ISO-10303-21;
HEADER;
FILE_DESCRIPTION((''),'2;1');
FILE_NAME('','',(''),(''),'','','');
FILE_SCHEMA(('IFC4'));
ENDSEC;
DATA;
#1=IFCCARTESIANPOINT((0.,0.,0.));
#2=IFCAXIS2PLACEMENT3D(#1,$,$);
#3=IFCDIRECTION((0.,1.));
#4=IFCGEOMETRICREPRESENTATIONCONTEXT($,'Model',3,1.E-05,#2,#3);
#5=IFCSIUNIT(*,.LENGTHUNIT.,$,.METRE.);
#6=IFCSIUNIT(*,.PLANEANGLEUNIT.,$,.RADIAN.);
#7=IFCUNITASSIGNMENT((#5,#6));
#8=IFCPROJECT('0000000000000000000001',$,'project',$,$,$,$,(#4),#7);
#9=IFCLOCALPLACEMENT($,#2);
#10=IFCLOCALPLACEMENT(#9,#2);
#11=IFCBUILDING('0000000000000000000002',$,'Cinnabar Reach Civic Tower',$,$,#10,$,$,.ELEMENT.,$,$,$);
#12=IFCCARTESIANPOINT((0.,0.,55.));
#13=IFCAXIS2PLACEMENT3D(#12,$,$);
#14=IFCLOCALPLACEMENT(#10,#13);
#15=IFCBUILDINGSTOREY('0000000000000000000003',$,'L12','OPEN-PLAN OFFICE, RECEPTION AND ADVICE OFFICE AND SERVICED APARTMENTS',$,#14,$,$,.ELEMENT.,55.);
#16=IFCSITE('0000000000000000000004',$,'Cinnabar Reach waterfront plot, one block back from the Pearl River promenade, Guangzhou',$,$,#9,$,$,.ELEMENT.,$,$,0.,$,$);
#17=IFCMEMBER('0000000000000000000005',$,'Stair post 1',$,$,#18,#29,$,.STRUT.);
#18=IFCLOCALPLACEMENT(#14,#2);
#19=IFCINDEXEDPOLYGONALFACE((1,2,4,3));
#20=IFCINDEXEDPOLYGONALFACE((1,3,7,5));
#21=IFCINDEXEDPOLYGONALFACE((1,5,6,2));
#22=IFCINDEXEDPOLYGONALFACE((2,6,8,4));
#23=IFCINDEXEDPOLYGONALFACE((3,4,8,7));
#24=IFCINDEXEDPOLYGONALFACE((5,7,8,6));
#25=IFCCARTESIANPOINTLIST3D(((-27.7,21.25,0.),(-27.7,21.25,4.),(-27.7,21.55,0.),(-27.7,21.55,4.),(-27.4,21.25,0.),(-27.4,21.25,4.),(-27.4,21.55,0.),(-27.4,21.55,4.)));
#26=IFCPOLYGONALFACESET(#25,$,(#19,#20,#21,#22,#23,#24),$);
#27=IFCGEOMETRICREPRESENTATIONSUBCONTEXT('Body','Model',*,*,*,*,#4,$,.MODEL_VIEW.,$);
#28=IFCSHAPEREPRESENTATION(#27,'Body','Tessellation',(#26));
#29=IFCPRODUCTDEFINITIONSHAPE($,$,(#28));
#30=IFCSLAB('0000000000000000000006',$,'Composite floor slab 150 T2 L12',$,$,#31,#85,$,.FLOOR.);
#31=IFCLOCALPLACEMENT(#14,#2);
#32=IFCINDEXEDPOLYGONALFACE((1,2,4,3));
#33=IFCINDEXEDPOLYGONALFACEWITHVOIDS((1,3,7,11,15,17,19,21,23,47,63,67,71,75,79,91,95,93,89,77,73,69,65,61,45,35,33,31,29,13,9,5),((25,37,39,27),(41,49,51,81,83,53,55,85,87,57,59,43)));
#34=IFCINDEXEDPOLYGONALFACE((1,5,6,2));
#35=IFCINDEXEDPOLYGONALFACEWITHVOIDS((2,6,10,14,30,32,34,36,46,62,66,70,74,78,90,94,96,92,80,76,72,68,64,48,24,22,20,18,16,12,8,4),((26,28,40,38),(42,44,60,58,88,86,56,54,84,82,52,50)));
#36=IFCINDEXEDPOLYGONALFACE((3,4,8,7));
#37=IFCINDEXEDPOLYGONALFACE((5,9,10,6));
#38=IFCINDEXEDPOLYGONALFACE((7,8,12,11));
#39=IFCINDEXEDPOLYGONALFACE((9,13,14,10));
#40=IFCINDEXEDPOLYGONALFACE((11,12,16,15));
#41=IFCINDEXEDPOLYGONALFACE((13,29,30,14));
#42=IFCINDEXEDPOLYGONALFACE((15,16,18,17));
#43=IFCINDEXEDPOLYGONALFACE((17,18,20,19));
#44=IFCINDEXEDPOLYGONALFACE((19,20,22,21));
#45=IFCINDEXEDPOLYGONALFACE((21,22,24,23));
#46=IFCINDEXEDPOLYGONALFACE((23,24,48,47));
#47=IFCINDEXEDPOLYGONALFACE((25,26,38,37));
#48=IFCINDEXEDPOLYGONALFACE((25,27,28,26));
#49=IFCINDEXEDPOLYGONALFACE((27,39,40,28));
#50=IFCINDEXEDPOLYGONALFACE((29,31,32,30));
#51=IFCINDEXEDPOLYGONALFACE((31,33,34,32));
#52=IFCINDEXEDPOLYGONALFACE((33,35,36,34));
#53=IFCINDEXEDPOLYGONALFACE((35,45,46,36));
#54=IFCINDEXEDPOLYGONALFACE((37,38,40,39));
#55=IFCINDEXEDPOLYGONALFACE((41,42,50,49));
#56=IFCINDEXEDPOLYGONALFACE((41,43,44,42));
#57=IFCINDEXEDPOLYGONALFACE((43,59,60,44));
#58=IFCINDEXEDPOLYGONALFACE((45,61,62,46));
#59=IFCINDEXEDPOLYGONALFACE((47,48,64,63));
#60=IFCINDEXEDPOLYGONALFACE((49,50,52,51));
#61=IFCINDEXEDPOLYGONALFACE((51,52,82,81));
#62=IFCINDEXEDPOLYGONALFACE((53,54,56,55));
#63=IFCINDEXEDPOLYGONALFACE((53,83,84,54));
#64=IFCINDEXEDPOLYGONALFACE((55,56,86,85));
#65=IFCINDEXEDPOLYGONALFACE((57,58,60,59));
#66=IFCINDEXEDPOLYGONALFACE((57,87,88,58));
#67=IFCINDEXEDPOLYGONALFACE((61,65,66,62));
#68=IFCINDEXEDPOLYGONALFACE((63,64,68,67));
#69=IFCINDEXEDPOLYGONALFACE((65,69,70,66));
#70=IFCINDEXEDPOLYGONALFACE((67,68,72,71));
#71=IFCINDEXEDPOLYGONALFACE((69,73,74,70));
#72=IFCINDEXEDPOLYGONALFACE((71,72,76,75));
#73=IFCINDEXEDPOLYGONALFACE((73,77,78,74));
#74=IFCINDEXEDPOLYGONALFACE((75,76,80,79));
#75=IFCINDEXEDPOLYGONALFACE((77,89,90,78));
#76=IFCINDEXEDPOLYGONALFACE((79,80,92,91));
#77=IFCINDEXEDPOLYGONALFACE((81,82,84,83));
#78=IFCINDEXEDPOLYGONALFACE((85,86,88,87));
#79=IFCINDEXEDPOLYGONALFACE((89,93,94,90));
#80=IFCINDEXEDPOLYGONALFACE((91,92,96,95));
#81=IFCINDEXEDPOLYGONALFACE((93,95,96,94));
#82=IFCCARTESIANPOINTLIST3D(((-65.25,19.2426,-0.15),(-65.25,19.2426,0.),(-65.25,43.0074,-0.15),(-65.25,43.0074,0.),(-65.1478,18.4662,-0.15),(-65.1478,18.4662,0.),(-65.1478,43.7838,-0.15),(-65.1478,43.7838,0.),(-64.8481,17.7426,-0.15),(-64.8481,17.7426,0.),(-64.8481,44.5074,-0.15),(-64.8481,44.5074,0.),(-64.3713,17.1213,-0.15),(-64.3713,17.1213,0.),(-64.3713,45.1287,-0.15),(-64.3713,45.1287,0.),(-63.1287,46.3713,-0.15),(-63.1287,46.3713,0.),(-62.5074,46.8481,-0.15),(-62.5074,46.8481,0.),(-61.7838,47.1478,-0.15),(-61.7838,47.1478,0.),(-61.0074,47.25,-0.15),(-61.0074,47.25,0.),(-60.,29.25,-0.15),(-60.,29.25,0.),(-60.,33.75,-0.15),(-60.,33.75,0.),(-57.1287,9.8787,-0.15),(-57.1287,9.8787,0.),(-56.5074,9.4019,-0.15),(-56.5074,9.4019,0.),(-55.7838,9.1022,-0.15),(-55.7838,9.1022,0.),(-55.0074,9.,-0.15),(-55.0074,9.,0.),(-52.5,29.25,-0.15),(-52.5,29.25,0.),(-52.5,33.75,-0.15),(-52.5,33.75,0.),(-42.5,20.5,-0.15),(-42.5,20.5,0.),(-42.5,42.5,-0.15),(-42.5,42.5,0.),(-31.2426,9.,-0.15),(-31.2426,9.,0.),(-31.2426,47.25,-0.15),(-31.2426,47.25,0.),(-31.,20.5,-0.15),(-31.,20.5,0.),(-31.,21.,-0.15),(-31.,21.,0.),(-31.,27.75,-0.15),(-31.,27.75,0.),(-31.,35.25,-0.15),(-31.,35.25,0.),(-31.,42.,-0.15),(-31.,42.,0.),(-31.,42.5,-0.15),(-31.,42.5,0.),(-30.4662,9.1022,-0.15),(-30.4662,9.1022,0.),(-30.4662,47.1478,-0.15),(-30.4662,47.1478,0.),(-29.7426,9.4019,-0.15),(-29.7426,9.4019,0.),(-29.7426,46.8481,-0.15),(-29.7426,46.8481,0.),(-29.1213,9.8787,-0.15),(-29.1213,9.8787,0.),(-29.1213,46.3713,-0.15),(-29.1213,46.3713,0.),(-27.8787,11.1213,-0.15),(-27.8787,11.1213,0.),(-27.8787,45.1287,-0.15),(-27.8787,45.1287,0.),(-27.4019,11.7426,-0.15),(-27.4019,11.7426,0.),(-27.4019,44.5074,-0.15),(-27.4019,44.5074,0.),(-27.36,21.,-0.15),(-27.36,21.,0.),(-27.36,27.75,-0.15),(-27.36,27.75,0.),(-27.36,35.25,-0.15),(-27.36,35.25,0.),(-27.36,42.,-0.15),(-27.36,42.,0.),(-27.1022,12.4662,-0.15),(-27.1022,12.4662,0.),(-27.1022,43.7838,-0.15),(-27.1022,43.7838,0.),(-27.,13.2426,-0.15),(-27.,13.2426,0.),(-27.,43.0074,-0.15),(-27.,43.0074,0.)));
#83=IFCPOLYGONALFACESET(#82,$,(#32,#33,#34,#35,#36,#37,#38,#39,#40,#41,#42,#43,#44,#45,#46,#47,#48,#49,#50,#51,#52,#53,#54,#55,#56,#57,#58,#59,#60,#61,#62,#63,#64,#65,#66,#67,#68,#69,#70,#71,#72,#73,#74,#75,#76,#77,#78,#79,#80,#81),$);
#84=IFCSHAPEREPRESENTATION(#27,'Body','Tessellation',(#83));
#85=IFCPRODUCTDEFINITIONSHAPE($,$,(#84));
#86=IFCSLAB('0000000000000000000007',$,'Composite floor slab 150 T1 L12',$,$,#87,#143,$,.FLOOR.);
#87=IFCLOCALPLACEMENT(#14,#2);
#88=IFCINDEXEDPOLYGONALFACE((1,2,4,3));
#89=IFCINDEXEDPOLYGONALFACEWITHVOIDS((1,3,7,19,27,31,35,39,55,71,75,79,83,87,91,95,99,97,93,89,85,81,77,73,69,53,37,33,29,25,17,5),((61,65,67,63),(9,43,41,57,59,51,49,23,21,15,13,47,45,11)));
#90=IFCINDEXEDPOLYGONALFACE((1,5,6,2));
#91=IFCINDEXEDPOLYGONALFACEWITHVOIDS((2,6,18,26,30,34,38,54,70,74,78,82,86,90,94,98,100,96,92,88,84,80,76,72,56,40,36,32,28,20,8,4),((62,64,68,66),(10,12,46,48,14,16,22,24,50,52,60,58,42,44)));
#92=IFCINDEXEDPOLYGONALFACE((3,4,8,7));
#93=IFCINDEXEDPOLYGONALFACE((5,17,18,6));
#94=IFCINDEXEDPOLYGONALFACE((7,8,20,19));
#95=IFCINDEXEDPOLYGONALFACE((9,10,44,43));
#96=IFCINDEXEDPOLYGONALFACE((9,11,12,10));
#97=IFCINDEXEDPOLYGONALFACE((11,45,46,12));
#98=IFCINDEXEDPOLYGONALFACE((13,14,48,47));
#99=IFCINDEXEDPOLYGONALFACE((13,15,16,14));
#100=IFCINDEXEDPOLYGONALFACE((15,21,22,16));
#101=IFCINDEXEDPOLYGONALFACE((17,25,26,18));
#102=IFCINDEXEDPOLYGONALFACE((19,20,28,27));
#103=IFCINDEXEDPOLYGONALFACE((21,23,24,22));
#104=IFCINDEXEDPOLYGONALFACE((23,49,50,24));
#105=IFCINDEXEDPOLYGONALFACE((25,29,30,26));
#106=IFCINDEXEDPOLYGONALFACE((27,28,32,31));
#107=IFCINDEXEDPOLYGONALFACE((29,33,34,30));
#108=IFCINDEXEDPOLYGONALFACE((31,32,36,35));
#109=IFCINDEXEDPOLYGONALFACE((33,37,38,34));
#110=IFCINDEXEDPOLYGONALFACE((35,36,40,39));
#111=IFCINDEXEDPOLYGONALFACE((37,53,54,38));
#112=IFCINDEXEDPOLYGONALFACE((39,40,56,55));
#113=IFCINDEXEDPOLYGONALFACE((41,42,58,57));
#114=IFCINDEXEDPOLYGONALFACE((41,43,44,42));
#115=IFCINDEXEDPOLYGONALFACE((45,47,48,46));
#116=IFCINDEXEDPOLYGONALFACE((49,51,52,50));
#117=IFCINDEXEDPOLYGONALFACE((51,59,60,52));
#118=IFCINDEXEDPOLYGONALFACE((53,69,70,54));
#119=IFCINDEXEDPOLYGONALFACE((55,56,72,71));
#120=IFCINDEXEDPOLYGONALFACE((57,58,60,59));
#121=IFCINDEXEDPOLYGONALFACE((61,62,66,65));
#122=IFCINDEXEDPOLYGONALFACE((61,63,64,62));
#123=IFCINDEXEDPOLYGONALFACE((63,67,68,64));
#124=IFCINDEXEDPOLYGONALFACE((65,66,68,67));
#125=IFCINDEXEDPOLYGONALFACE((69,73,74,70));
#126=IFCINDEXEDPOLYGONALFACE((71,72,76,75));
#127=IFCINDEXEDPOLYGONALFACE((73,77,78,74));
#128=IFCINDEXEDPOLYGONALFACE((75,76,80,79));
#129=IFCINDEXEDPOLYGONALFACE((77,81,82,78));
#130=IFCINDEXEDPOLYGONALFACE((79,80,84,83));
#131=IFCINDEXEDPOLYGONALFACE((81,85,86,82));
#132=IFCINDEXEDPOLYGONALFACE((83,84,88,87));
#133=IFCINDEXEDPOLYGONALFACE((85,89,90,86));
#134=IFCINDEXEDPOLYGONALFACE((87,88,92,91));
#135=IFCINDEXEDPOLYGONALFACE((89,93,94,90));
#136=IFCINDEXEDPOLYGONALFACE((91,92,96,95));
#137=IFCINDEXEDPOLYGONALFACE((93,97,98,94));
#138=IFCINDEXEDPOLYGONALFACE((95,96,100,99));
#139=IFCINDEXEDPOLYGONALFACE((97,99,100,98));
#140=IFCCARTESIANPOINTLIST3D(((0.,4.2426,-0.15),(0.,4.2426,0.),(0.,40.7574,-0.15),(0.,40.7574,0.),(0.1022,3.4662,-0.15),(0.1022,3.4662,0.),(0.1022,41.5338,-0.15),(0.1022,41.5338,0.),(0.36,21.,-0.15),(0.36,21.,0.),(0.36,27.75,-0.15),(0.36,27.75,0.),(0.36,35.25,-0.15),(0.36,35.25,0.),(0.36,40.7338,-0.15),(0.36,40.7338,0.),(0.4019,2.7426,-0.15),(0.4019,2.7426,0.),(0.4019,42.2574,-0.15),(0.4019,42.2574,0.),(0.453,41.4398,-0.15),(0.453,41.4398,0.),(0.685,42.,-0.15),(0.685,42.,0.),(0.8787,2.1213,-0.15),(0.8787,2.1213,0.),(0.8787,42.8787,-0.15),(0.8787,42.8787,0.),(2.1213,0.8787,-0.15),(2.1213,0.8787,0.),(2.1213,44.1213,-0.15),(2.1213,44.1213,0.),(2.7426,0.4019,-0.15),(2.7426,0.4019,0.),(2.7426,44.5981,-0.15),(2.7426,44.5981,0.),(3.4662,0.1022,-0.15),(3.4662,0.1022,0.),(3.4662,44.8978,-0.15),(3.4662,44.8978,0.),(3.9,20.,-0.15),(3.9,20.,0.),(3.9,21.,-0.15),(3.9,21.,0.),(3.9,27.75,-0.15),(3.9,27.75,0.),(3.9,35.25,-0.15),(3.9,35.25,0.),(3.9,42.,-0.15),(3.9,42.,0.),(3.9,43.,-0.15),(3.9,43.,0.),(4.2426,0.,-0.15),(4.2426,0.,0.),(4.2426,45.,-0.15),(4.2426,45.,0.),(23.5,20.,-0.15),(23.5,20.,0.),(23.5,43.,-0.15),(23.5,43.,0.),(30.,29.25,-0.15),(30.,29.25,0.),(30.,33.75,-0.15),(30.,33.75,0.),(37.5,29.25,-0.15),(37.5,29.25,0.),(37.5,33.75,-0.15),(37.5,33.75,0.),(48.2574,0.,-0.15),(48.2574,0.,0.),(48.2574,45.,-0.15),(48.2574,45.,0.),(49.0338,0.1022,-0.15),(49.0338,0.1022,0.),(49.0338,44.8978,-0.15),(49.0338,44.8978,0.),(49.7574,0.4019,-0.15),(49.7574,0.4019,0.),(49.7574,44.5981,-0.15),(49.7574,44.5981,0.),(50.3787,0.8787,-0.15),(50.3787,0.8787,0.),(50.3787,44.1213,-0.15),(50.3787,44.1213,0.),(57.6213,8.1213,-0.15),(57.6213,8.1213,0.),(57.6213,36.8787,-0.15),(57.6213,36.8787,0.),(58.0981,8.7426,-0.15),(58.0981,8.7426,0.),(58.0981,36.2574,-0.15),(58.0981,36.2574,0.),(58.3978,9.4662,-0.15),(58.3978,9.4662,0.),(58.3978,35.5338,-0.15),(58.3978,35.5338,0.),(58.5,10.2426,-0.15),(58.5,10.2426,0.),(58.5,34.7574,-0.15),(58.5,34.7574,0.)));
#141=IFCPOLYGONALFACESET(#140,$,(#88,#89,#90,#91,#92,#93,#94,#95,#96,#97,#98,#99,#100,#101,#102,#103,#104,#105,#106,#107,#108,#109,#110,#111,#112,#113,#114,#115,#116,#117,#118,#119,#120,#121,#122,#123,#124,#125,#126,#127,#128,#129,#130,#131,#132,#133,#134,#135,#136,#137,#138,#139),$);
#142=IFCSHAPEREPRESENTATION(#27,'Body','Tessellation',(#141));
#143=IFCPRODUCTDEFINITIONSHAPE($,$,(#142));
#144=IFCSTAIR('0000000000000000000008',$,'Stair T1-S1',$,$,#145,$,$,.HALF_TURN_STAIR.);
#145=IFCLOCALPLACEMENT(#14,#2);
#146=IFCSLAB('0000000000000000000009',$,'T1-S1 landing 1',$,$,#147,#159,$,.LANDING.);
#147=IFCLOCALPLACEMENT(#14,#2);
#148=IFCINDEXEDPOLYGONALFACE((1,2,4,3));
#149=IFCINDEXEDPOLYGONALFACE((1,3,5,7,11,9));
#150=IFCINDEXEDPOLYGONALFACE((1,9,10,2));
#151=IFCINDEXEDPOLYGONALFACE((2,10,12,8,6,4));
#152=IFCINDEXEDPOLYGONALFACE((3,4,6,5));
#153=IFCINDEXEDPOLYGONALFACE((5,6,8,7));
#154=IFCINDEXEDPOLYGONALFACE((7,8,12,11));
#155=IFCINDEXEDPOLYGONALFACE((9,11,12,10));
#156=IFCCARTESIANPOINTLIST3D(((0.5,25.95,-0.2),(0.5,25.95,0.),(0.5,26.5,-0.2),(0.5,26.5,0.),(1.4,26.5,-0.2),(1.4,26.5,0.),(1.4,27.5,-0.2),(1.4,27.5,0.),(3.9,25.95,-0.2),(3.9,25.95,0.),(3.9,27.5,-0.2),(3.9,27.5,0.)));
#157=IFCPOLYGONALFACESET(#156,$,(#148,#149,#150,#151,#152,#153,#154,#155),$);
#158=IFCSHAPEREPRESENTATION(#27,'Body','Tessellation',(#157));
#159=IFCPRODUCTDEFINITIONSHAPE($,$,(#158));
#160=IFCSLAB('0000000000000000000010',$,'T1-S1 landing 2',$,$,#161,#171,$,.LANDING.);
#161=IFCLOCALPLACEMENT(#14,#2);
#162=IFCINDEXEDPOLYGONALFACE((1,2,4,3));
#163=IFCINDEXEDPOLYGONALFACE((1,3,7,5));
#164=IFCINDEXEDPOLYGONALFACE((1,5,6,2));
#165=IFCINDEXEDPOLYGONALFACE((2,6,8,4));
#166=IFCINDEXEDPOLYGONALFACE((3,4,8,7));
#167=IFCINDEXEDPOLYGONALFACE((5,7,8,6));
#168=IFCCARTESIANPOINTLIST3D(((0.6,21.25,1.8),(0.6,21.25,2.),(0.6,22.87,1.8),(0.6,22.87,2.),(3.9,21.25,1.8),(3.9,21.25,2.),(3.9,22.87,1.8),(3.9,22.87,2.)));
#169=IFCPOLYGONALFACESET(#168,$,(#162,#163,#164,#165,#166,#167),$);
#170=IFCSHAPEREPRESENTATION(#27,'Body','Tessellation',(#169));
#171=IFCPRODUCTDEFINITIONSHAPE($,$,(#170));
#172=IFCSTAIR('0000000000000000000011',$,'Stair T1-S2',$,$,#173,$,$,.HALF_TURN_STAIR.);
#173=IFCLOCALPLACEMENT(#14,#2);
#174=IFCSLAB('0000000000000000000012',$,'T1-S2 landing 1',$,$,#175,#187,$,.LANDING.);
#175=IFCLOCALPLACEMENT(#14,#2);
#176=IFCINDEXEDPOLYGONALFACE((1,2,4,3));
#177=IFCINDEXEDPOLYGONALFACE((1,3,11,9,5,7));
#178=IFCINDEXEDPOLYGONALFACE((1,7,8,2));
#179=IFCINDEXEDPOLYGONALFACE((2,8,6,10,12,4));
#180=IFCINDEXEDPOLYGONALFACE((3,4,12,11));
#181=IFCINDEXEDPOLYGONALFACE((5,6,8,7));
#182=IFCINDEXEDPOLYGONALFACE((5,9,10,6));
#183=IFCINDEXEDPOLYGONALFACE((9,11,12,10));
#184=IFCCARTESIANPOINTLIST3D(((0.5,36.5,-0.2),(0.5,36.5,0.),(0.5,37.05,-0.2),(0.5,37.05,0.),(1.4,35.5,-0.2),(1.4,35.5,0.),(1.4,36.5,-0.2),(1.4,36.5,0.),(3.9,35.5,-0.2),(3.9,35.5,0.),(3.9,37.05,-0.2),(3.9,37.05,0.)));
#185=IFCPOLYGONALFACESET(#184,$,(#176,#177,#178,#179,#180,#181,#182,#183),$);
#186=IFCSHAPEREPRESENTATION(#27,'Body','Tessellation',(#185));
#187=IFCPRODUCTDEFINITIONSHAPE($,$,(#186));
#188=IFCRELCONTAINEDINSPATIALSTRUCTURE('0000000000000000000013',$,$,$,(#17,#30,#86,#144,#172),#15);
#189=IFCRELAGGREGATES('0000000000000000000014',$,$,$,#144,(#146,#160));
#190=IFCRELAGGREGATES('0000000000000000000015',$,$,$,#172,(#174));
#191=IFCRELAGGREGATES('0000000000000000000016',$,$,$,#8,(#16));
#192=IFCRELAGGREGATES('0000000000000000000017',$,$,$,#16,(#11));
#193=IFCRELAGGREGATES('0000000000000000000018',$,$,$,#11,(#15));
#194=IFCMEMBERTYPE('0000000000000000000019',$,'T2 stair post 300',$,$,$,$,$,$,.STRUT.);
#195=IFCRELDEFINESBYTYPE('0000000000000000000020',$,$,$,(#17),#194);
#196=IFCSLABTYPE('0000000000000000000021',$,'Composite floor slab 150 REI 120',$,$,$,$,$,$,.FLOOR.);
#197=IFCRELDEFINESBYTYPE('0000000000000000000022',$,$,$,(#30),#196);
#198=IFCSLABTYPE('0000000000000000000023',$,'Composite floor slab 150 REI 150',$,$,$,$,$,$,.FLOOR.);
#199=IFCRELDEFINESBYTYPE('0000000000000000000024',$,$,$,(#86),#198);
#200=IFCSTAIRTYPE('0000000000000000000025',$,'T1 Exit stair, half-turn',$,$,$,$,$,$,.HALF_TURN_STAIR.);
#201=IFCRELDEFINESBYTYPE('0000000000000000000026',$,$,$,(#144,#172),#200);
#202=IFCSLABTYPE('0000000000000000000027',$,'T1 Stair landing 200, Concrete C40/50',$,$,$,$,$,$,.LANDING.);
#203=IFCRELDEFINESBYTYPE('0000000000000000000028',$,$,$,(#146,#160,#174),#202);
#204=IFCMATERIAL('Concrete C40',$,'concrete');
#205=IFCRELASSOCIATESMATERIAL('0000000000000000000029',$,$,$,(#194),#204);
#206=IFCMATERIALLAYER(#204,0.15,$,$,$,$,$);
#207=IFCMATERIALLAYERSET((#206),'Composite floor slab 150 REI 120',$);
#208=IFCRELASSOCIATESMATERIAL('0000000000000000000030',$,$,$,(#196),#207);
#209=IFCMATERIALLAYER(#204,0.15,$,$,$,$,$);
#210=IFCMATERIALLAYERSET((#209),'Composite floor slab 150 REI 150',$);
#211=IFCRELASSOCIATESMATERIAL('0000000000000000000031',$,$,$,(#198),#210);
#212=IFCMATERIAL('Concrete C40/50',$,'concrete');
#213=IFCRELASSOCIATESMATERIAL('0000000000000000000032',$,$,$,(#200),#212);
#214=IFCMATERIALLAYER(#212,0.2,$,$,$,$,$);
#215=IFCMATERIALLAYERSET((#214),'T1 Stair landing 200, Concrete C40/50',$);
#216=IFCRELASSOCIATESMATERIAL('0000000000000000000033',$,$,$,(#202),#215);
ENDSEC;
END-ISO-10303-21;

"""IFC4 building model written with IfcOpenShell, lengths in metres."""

from ifc_helpers import new_model, si_unit, direction, frame, origin, origin_2d, place, context, subcontext, project, spatial, polyline, rectangle, outline, extrude, material, layer, layer_set, material_profile, profile_set, type_object, element, aggregate, save


model = new_model("IFC4")

# Units and contexts
model_context = context("Model", 3, precision=1e-05, world=origin(), true_north=direction((0.0, 1.0)))
body_context = subcontext(model_context, "Body", "Model", "MODEL_VIEW")
ifc_project = project(units=[si_unit("LENGTHUNIT", "METRE"), si_unit("PLANEANGLEUNIT", "RADIAN")], contexts=[model_context])

# Site, building, storey
site_placement = place(None, origin())
site = spatial("IfcSite", under=ifc_project, at=site_placement, Name="Cinnabar Reach waterfront plot, one block back from the Pearl River promenade, Guangzhou", CompositionType="ELEMENT", RefElevation=0.0)
building_placement = place(site_placement, origin())
building = spatial("IfcBuilding", under=site, at=building_placement, Name="Cinnabar Reach Civic Tower", CompositionType="ELEMENT")
storey_placement = place(building_placement, frame((0.0, 0.0, 55.0)))
storey = spatial("IfcBuildingStorey", under=building, at=storey_placement, Name="L12", Description="OPEN-PLAN OFFICE, RECEPTION AND ADVICE OFFICE AND SERVICED APARTMENTS", CompositionType="ELEMENT", Elevation=55.0)

# Member
ifc_material_1 = material(Name="Concrete C40", Category="concrete")
ifc_material_profile = material_profile(ifc_material_1, rectangle(XDim=0.3, YDim=0.3, at=origin_2d()), Name="C300")
ifc_profile_set = profile_set([ifc_material_profile], Name="Concrete C40")
member_type = type_object("IfcMemberType", Name="T2 stair post 300", PredefinedType="STRUT", material=ifc_profile_set)
member_placement = place(storey_placement, frame((-27.55, 21.4, 0.0), z_axis=(0.0, 0.0, 1.0), x_axis=(1.0, 0.0, 0.0)))
element("IfcMember", 1, at=member_placement, inside=storey, type_object=member_type, Name="Stair post 1", PredefinedType="STRUT", context=body_context, shape_type="SweptSolid", body=[
    extrude(rectangle(XDim=0.3, YDim=0.3, at=origin_2d()), origin(), (0.0, 0.0, 1.0), 4.0),
])

# Slabs
ifc_layer_1 = layer(ifc_material_1, 0.15)
ifc_layer_set_1 = layer_set([ifc_layer_1], Name="Composite floor slab 150 REI 120")
slab_type_1 = type_object("IfcSlabType", Name="Composite floor slab 150 REI 120", PredefinedType="FLOOR", material=ifc_layer_set_1)
slab_1_placement = place(storey_placement, frame((0.0, 0.0, -0.15)))
element("IfcSlab", 2, at=slab_1_placement, inside=storey, type_object=slab_type_1, Name="Composite floor slab 150 T2 L12", PredefinedType="FLOOR", context=body_context, shape_type="SweptSolid", body=[
    extrude(outline(polyline([(-64.3713, 17.1213), (-64.8481, 17.7426), (-65.1478, 18.4662), (-65.25, 19.2426), (-65.25, 43.0074), (-65.1478, 43.7838), (-64.8481, 44.5074), (-64.3713, 45.1287), (-63.1287, 46.3713), (-62.5074, 46.8481), (-61.7838, 47.1478), (-61.0074, 47.25), (-31.2426, 47.25), (-30.4662, 47.1478), (-29.7426, 46.8481), (-29.1213, 46.3713), (-27.8787, 45.1287), (-27.4019, 44.5074), (-27.1022, 43.7838), (-27.0, 43.0074), (-27.0, 13.2426), (-27.1022, 12.4662), (-27.4019, 11.7426), (-27.8787, 11.1213), (-29.1213, 9.8787), (-29.7426, 9.4019), (-30.4662, 9.1022), (-31.2426, 9.0), (-55.0074, 9.0), (-55.7838, 9.1022), (-56.5074, 9.4019), (-57.1287, 9.8787), (-64.3713, 17.1213)]), holes=[polyline([(-31.0, 27.75), (-31.0, 35.25), (-27.36, 35.25), (-27.36, 42.0), (-31.0, 42.0), (-31.0, 42.5), (-42.5, 42.5), (-42.5, 20.5), (-31.0, 20.5), (-31.0, 21.0), (-27.36, 21.0), (-27.36, 27.75), (-31.0, 27.75)]), polyline([(-60.0, 33.75), (-60.0, 29.25), (-52.5, 29.25), (-52.5, 33.75), (-60.0, 33.75)])]), origin(), (0.0, 0.0, 1.0), 0.15),
])
ifc_layer_2 = layer(ifc_material_1, 0.15)
ifc_layer_set_2 = layer_set([ifc_layer_2], Name="Composite floor slab 150 REI 150")
slab_type_2 = type_object("IfcSlabType", Name="Composite floor slab 150 REI 150", PredefinedType="FLOOR", material=ifc_layer_set_2)
slab_2_placement = place(storey_placement, frame((0.0, 0.0, -0.15)))
element("IfcSlab", 3, at=slab_2_placement, inside=storey, type_object=slab_type_2, Name="Composite floor slab 150 T1 L12", PredefinedType="FLOOR", context=body_context, shape_type="SweptSolid", body=[
    extrude(outline(polyline([(0.8787, 2.1213), (0.4019, 2.7426), (0.1022, 3.4662), (0.0, 4.2426), (0.0, 40.7574), (0.1022, 41.5338), (0.4019, 42.2574), (0.8787, 42.8787), (2.1213, 44.1213), (2.7426, 44.5981), (3.4662, 44.8978), (4.2426, 45.0), (48.2574, 45.0), (49.0338, 44.8978), (49.7574, 44.5981), (50.3787, 44.1213), (57.6213, 36.8787), (58.0981, 36.2574), (58.3978, 35.5338), (58.5, 34.7574), (58.5, 10.2426), (58.3978, 9.4662), (58.0981, 8.7426), (57.6213, 8.1213), (50.3787, 0.8787), (49.7574, 0.4019), (49.0338, 0.1022), (48.2574, 0.0), (4.2426, 0.0), (3.4662, 0.1022), (2.7426, 0.4019), (2.1213, 0.8787), (0.8787, 2.1213)]), holes=[polyline([(0.36, 21.0), (3.9, 21.0), (3.9, 20.0), (23.5, 20.0), (23.5, 43.0), (3.9, 43.0), (3.9, 42.0), (0.685, 42.0), (0.453, 41.4398), (0.36, 40.7338), (0.36, 35.25), (3.9, 35.25), (3.9, 27.75), (0.36, 27.75), (0.36, 21.0)]), polyline([(30.0, 33.75), (30.0, 29.25), (37.5, 29.25), (37.5, 33.75), (30.0, 33.75)])]), origin(), (0.0, 0.0, 1.0), 0.15),
])

# Stairs, slabs
ifc_material_2 = material(Name="Concrete C40/50", Category="concrete")
stair_type = type_object("IfcStairType", Name="T1 Exit stair, half-turn", PredefinedType="HALF_TURN_STAIR", material=ifc_material_2)
stair_1_placement = place(storey_placement, origin())
stair_1 = element("IfcStair", 4, at=stair_1_placement, inside=storey, type_object=stair_type, Name="Stair T1-S1", PredefinedType="HALF_TURN_STAIR")
ifc_layer_3 = layer(ifc_material_2, 0.2)
ifc_layer_set_3 = layer_set([ifc_layer_3], Name="T1 Stair landing 200, Concrete C40/50")
slab_type_3 = type_object("IfcSlabType", Name="T1 Stair landing 200, Concrete C40/50", PredefinedType="LANDING", material=ifc_layer_set_3)
slab_3_placement = place(storey_placement, frame((0.0, 0.0, -0.2)))
slab_3 = element("IfcSlab", 5, at=slab_3_placement, type_object=slab_type_3, Name="T1-S1 landing 1", PredefinedType="LANDING", context=body_context, shape_type="SweptSolid", body=[
    extrude(outline(polyline([(3.9, 27.5), (3.9, 25.95), (0.5, 25.95), (0.5, 26.5), (1.4, 26.5), (1.4, 27.5), (3.9, 27.5)])), origin(), (0.0, 0.0, 1.0), 0.2),
])
slab_4_placement = place(storey_placement, frame((0.0, 0.0, 1.8)))
slab_4 = element("IfcSlab", 6, at=slab_4_placement, type_object=slab_type_3, Name="T1-S1 landing 2", PredefinedType="LANDING", context=body_context, shape_type="SweptSolid", body=[
    extrude(outline(polyline([(0.6, 21.25), (0.6, 22.87), (3.9, 22.87), (3.9, 21.25), (0.6, 21.25)])), origin(), (0.0, 0.0, 1.0), 0.2),
])
aggregate(stair_1, [slab_3, slab_4])
stair_2_placement = place(storey_placement, origin())
stair_2 = element("IfcStair", 7, at=stair_2_placement, inside=storey, type_object=stair_type, Name="Stair T1-S2", PredefinedType="HALF_TURN_STAIR")
slab_5_placement = place(storey_placement, frame((0.0, 0.0, -0.2)))
slab_5 = element("IfcSlab", 8, at=slab_5_placement, type_object=slab_type_3, Name="T1-S2 landing 1", PredefinedType="LANDING", context=body_context, shape_type="SweptSolid", body=[
    extrude(outline(polyline([(0.5, 37.05), (3.9, 37.05), (3.9, 35.5), (1.4, 35.5), (1.4, 36.5), (0.5, 36.5), (0.5, 37.05)])), origin(), (0.0, 0.0, 1.0), 0.2),
])
aggregate(stair_2, [slab_5])

save(model, "model.ifc")
